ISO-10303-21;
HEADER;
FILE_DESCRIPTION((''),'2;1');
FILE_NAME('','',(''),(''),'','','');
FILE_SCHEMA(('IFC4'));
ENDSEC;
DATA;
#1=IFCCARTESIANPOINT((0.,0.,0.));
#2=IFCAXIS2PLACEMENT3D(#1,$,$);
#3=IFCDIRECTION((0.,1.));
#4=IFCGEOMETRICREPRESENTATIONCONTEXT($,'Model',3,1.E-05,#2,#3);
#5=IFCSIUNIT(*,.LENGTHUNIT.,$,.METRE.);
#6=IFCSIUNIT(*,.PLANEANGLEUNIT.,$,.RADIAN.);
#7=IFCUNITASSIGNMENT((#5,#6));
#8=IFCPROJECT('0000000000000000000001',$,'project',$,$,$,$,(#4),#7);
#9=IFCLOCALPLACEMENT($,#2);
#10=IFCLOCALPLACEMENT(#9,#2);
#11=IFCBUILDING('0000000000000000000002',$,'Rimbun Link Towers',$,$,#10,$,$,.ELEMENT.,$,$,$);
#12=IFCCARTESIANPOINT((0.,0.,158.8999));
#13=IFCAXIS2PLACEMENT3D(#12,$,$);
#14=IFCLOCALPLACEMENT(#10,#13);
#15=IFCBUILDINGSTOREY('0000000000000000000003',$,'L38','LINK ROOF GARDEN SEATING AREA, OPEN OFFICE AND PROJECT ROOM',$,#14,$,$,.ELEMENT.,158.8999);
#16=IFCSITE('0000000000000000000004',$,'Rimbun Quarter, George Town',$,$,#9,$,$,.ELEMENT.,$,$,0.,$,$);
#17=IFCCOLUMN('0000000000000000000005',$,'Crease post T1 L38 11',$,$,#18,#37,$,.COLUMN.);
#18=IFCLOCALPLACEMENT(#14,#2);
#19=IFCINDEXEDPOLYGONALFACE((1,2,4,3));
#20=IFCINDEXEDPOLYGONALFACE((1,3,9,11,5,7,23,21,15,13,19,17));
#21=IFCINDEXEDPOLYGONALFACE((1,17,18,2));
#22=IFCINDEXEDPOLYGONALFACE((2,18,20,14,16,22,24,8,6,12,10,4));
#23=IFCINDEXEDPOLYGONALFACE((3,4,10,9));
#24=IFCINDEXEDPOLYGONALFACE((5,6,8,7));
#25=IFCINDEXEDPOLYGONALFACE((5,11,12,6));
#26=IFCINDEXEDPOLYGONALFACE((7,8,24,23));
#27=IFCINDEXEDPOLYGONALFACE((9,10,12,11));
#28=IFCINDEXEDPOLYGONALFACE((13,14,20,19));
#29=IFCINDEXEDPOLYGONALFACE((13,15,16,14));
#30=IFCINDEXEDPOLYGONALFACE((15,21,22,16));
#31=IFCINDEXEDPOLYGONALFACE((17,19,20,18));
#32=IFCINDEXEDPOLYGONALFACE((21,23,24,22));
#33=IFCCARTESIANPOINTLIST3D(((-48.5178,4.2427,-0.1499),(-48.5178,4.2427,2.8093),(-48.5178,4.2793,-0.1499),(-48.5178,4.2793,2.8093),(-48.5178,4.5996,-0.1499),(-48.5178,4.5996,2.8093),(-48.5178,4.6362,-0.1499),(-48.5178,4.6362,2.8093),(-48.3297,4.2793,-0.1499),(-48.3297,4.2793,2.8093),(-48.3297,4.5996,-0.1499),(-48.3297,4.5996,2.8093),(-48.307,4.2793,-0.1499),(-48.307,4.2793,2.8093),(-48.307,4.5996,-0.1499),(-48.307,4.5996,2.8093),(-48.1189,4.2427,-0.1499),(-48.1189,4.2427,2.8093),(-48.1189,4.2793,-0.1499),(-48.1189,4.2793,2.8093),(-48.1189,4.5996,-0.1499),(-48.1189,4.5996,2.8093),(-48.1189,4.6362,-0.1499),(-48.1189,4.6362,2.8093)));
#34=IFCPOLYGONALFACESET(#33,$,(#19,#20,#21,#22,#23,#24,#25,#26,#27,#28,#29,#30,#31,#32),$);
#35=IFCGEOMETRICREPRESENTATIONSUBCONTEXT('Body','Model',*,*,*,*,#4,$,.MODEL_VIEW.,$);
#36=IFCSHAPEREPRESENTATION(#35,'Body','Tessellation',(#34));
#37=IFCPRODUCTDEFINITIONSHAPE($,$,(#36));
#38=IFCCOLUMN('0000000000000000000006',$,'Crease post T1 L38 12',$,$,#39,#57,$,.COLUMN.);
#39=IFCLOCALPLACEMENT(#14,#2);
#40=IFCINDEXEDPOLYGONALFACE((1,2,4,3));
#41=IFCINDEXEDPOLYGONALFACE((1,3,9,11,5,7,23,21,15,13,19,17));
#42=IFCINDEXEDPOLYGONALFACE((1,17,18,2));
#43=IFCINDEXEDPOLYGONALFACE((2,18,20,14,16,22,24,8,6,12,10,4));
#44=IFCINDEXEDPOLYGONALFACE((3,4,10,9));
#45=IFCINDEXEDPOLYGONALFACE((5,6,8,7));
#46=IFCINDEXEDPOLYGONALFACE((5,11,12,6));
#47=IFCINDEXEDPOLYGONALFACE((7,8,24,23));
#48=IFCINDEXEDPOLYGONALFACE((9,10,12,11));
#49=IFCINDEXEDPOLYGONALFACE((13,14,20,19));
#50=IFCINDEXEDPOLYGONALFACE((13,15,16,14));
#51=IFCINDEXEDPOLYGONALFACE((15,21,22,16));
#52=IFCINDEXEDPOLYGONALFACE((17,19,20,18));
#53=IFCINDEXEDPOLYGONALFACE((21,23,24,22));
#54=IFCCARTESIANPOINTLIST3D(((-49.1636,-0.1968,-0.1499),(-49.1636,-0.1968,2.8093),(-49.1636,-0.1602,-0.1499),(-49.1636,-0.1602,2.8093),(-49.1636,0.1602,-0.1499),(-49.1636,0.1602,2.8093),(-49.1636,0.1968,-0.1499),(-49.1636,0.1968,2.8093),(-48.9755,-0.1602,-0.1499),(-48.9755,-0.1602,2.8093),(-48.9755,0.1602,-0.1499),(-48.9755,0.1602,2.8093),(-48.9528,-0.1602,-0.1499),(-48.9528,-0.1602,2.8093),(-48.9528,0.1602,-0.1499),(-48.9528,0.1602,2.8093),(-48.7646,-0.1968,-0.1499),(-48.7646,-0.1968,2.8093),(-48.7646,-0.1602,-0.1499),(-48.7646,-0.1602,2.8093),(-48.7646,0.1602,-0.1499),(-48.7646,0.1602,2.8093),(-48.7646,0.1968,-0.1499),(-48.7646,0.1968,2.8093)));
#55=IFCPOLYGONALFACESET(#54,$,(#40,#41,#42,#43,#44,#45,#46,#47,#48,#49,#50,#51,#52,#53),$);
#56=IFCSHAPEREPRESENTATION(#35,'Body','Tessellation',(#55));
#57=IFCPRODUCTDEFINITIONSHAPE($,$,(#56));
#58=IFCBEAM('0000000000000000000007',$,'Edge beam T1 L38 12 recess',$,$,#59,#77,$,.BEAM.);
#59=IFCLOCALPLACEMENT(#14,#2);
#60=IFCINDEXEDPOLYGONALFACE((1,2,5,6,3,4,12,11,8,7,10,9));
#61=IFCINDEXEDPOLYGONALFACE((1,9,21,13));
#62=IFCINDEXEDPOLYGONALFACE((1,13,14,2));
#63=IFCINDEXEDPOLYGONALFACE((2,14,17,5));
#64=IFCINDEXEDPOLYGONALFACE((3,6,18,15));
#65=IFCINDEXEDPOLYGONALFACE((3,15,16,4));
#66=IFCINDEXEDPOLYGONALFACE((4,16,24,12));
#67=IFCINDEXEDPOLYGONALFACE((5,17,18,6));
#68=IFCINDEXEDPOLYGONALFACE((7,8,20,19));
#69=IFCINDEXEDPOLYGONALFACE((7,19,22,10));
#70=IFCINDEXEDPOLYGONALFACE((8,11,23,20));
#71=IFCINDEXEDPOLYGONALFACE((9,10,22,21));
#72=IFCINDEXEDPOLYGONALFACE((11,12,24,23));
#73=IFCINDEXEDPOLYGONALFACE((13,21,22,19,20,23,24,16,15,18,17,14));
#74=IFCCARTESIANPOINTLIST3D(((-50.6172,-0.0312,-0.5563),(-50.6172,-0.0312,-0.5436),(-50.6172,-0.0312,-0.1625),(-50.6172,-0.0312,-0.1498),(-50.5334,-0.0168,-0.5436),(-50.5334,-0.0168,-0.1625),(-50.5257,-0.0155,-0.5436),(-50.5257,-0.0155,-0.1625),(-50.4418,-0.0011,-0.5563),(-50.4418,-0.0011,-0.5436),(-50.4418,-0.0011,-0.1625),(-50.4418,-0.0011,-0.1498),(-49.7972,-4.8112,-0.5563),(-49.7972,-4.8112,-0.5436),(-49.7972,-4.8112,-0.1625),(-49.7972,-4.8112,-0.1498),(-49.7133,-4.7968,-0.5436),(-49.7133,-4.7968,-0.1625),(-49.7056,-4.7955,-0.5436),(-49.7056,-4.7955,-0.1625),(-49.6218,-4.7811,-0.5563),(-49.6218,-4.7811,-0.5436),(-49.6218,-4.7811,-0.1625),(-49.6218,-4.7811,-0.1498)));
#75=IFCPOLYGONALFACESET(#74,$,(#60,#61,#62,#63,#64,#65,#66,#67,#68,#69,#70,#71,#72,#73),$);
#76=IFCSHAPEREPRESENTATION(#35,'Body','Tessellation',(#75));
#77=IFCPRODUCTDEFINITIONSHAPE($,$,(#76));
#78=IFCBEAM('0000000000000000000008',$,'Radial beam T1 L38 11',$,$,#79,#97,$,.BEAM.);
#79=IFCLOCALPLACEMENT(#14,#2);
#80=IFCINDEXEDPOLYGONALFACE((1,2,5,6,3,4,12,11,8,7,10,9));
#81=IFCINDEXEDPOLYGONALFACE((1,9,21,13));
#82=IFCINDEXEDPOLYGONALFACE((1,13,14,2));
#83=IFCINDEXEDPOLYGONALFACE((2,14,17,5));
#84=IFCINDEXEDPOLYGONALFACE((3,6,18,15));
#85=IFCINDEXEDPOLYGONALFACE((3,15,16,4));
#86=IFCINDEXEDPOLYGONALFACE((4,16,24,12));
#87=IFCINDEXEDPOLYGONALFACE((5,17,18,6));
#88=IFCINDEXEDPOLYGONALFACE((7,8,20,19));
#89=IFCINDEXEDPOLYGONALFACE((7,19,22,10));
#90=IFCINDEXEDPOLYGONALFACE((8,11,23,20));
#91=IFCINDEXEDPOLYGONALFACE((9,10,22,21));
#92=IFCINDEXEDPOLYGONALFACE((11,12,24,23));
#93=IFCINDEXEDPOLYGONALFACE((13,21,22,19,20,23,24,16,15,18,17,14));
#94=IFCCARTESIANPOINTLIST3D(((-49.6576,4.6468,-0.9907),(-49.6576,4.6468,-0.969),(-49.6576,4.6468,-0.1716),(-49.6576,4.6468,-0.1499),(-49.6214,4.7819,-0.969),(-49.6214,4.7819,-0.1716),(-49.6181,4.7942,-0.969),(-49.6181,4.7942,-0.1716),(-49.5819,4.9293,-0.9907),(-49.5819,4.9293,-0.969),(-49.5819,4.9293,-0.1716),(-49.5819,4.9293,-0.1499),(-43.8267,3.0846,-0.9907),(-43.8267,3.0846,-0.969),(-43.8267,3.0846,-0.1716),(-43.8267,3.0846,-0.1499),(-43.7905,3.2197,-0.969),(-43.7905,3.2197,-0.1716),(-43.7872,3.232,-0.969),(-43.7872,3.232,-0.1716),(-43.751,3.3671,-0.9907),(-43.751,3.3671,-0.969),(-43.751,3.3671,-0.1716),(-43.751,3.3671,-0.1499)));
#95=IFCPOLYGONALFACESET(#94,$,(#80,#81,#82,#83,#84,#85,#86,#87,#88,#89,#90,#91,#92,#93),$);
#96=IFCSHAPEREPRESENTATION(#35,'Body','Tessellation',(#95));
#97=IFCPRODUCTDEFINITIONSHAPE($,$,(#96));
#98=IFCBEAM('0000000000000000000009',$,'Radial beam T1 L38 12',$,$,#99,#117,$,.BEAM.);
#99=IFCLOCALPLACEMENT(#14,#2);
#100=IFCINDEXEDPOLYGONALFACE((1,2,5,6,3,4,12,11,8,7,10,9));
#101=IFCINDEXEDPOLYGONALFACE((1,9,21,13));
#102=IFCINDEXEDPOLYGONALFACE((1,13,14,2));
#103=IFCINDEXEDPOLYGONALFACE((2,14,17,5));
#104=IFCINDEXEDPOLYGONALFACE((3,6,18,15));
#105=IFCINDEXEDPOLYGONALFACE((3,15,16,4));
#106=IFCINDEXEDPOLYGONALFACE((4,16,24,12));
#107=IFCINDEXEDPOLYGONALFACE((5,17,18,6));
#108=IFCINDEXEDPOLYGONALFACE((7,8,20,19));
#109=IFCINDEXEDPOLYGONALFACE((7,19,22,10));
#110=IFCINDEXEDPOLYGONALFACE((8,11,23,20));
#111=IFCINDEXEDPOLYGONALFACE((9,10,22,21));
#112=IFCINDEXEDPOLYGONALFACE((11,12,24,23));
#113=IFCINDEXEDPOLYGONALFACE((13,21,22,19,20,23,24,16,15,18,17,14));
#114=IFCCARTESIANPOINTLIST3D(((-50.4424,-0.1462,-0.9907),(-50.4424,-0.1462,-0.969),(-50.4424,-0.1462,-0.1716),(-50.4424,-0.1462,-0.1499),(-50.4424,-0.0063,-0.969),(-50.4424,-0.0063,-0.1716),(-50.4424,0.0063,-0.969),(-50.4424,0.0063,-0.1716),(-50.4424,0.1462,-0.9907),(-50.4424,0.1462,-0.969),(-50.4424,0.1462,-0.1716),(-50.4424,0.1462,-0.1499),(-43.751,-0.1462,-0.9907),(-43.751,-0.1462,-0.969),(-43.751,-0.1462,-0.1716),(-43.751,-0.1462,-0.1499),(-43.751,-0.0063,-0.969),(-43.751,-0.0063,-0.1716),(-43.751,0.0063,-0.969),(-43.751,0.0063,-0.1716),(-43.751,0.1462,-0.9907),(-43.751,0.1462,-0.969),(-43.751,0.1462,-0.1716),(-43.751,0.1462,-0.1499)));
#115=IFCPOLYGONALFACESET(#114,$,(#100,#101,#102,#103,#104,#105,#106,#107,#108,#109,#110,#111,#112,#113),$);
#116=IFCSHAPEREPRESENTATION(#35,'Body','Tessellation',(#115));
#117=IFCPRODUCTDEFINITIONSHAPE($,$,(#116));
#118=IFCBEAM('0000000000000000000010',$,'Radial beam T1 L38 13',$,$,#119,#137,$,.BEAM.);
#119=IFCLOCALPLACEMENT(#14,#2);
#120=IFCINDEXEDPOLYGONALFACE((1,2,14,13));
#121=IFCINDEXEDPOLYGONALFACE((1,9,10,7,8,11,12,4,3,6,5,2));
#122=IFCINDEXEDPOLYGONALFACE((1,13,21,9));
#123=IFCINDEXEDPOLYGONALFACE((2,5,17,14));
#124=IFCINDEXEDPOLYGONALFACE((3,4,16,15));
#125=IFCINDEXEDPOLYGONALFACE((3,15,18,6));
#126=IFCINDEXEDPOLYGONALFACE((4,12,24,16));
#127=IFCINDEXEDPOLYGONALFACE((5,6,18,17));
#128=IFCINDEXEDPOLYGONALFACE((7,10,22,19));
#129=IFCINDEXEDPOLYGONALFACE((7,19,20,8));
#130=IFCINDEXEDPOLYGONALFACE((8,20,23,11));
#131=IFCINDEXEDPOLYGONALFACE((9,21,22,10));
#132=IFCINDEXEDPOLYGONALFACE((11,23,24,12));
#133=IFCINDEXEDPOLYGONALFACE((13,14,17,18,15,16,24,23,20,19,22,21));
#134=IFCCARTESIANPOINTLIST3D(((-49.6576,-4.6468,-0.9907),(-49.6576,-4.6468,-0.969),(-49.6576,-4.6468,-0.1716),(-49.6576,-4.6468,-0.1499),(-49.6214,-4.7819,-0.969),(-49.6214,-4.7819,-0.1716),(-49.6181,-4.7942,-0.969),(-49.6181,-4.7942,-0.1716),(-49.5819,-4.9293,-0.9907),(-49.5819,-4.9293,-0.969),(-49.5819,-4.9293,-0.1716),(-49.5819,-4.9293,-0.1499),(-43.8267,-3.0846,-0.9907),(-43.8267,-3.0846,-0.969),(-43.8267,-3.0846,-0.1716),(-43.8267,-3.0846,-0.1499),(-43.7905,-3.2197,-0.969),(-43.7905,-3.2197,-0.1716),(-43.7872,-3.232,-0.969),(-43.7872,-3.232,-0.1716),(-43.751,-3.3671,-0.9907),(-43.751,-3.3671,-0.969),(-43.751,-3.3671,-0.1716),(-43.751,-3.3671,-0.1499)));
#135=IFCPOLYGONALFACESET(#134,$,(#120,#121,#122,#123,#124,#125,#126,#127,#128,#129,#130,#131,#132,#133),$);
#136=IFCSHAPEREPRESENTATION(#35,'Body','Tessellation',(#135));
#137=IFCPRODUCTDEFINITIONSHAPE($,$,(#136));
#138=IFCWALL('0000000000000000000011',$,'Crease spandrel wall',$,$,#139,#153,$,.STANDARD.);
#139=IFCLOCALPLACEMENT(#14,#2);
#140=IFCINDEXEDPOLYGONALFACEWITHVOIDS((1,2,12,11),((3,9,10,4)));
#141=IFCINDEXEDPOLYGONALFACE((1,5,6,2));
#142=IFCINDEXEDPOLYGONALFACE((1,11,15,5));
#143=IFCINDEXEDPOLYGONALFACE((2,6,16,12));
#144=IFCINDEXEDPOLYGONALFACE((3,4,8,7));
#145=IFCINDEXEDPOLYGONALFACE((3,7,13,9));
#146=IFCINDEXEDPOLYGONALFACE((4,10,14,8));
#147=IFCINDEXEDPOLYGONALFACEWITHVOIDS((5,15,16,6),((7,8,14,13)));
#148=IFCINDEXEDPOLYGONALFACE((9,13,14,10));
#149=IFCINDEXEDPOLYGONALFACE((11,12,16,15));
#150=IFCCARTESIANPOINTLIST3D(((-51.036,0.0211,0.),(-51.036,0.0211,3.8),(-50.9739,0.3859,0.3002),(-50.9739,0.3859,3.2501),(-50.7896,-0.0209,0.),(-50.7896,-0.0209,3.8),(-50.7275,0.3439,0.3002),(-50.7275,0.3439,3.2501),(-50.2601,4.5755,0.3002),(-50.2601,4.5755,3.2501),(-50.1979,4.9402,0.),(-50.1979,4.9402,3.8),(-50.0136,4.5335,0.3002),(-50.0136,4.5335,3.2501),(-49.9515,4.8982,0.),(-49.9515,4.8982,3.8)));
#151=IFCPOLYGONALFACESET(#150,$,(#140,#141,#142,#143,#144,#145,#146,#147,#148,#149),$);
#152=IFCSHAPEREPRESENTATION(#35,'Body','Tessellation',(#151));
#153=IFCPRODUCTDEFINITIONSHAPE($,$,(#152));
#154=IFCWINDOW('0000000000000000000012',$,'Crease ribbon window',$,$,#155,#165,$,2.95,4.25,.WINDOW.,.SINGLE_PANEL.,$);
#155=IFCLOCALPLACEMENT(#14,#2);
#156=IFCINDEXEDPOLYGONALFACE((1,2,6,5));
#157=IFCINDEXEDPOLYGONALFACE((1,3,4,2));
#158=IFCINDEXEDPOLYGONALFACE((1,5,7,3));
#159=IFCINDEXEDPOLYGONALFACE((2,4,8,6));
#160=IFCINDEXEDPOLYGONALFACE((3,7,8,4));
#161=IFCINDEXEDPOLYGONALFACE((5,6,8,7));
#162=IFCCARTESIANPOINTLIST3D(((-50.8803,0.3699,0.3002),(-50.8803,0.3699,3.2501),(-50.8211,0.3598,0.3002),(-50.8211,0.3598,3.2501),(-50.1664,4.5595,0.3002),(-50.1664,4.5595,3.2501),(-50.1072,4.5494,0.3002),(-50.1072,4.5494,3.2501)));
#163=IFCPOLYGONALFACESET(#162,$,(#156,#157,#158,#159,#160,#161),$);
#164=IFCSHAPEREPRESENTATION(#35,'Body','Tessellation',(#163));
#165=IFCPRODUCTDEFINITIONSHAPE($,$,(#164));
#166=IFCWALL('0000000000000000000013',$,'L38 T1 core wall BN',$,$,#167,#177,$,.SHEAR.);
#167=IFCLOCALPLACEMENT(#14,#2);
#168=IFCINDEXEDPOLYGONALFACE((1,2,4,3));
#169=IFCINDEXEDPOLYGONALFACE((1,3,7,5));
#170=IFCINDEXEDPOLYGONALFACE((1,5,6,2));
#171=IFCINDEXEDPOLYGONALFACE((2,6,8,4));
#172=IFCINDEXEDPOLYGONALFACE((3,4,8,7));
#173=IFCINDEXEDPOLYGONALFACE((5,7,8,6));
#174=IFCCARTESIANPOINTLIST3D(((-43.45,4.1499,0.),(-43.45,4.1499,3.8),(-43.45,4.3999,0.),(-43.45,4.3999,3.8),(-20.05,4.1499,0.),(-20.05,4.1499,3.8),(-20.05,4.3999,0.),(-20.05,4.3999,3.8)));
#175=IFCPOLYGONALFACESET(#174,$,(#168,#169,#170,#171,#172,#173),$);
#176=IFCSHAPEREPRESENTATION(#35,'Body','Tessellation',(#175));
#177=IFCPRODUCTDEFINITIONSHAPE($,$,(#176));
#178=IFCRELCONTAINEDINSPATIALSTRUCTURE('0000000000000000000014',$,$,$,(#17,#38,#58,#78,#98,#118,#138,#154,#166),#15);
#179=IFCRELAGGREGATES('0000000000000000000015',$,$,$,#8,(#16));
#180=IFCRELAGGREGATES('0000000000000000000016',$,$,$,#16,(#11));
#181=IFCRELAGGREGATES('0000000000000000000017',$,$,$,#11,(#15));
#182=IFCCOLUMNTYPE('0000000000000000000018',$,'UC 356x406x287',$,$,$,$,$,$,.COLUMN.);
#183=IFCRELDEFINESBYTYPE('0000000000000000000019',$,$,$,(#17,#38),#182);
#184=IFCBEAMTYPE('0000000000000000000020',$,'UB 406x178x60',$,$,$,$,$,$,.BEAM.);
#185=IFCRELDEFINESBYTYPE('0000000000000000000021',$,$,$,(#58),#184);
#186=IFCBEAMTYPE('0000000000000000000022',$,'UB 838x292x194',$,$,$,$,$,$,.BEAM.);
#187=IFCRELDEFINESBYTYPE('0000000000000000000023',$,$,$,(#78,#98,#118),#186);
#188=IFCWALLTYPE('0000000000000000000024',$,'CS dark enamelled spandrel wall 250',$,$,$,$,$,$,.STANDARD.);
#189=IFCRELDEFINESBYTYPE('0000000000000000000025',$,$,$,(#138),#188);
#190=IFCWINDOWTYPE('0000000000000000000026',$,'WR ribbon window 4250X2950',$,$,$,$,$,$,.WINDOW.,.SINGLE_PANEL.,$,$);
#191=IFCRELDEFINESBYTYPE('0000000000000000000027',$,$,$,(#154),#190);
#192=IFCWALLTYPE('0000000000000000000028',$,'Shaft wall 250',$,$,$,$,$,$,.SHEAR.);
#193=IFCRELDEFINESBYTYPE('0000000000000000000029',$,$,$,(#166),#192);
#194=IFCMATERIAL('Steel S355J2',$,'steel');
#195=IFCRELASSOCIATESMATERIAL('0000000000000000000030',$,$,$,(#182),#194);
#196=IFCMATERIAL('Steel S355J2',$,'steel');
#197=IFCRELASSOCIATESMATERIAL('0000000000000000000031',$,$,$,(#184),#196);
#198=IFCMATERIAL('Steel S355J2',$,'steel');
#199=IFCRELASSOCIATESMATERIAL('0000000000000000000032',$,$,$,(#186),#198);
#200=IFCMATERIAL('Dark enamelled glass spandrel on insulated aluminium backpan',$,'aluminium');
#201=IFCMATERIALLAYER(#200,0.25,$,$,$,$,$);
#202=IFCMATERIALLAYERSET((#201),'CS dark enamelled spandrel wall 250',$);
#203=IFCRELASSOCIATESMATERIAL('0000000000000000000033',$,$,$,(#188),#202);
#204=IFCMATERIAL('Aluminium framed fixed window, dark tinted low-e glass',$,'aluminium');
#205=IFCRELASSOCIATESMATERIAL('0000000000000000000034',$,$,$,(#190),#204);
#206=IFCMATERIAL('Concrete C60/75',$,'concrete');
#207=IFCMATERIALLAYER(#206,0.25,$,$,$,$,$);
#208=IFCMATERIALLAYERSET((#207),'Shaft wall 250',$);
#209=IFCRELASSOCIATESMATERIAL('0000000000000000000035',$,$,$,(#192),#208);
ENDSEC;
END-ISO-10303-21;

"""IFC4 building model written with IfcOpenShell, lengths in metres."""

from ifc_helpers import new_model, si_unit, direction, frame, frame_2d, origin, origin_2d, place, context, subcontext, project, spatial, rectangle, i_section, extrude, material, layer, layer_set, material_profile, profile_set, type_object, element, fill, save


model = new_model("IFC4")

# Units and contexts
model_context = context("Model", 3, precision=1e-05, world=origin(), true_north=direction((0.0, 1.0)))
body_context = subcontext(model_context, "Body", "Model", "MODEL_VIEW")
ifc_project = project(units=[si_unit("LENGTHUNIT", "METRE"), si_unit("PLANEANGLEUNIT", "RADIAN")], contexts=[model_context])

# Site, building, storey
site_placement = place(None, origin())
site = spatial("IfcSite", under=ifc_project, at=site_placement, Name="Rimbun Quarter, George Town", CompositionType="ELEMENT", RefElevation=0.0)
building_placement = place(site_placement, origin())
building = spatial("IfcBuilding", under=site, at=building_placement, Name="Rimbun Link Towers", CompositionType="ELEMENT")
storey_placement = place(building_placement, frame((0.0, 0.0, 158.8999)))
storey = spatial("IfcBuildingStorey", under=building, at=storey_placement, Name="L38", Description="LINK ROOF GARDEN SEATING AREA, OPEN OFFICE AND PROJECT ROOM", CompositionType="ELEMENT", Elevation=158.8999)

# Columns
ifc_material_1 = material(Name="Steel S355J2", Category="steel")
ifc_material_profile_1 = material_profile(ifc_material_1, i_section(OverallWidth=0.3989, OverallDepth=0.3936, WebThickness=0.0227, FlangeThickness=0.0366, at=origin_2d()), Name="UC 356x406x287")
ifc_profile_set_1 = profile_set([ifc_material_profile_1], Name="Steel S355J2")
column_type = type_object("IfcColumnType", Name="UC 356x406x287", PredefinedType="COLUMN", material=ifc_profile_set_1)
for number, where, z_axis, x_axis, name in (
    (1, (-48.3184, 4.4395, -0.1499), (0.0, 0.0, 1.0), (1.0, 0.0, 0.0), "Crease post T1 L38 11"),
    (2, (-48.9641, 0.0, -0.1499), (0.0, 0.0, 1.0), (1.0, 0.0, 0.0), "Crease post T1 L38 12"),
):
    element("IfcColumn", number, at=place(storey_placement, frame(where, z_axis=z_axis, x_axis=x_axis)), inside=storey, type_object=column_type, Name=name, PredefinedType="COLUMN", context=body_context, shape_type="SweptSolid", body=[
        extrude(i_section(OverallWidth=0.3989, OverallDepth=0.3936, WebThickness=0.0227, FlangeThickness=0.0366, at=origin_2d()), origin(), (0.0, 0.0, 1.0), 2.9592),
    ])

# Beams
ifc_material_2 = material(Name="Steel S355J2", Category="steel")
ifc_material_profile_2 = material_profile(ifc_material_2, i_section(OverallWidth=0.178, OverallDepth=0.4065, WebThickness=0.0078, FlangeThickness=0.0127, at=origin_2d()), Name="UB 406x178x60")
ifc_profile_set_2 = profile_set([ifc_material_profile_2], Name="Steel S355J2")
beam_type_1 = type_object("IfcBeamType", Name="UB 406x178x60", PredefinedType="BEAM", material=ifc_profile_set_2)
beam_1_placement = place(storey_placement, frame((-50.5295, -0.0161, -0.353), z_axis=(0.169091, -0.9856, 0.0), x_axis=(0.9856, 0.169091, 0.0)))
element("IfcBeam", 3, at=beam_1_placement, inside=storey, type_object=beam_type_1, Name="Edge beam T1 L38 12 recess", PredefinedType="BEAM", context=body_context, shape_type="SweptSolid", body=[
    extrude(i_section(OverallWidth=0.178, OverallDepth=0.4065, WebThickness=0.0078, FlangeThickness=0.0127, at=origin_2d()), origin(), (0.0, 0.0, 1.0), 4.8499),
])
ifc_material_3 = material(Name="Steel S355J2", Category="steel")
ifc_material_profile_3 = material_profile(ifc_material_3, i_section(OverallWidth=0.2925, OverallDepth=0.8408, WebThickness=0.0127, FlangeThickness=0.0217, at=origin_2d()), Name="UB 838x292x194")
ifc_profile_set_3 = profile_set([ifc_material_profile_3], Name="Steel S355J2")
beam_type_2 = type_object("IfcBeamType", Name="UB 838x292x194", PredefinedType="BEAM", material=ifc_profile_set_3)
beam_2_placement = place(storey_placement, frame((-43.7888, 3.2258, -0.5703), z_axis=(-0.965933, 0.258793, 0.0), x_axis=(-0.258793, -0.965933, 0.0)))
element("IfcBeam", 4, at=beam_2_placement, inside=storey, type_object=beam_type_2, Name="Radial beam T1 L38 11", PredefinedType="BEAM", context=body_context, shape_type="SweptSolid", body=[
    extrude(i_section(OverallWidth=0.2925, OverallDepth=0.8408, WebThickness=0.0127, FlangeThickness=0.0217, at=origin_2d()), origin(), (0.0, 0.0, 1.0), 6.0366),
])
beam_3_placement = place(storey_placement, frame((-43.751, 0.0, -0.5703), z_axis=(-1.0, 0.0, 0.0), x_axis=(0.0, -1.0, 0.0)))
element("IfcBeam", 5, at=beam_3_placement, inside=storey, type_object=beam_type_2, Name="Radial beam T1 L38 12", PredefinedType="BEAM", context=body_context, shape_type="SweptSolid", body=[
    extrude(i_section(OverallWidth=0.2925, OverallDepth=0.8408, WebThickness=0.0127, FlangeThickness=0.0217, at=origin_2d()), origin(), (0.0, 0.0, 1.0), 6.6914),
])
beam_4_placement = place(storey_placement, frame((-43.7888, -3.2258, -0.5703), z_axis=(-0.965933, -0.258793, 0.0), x_axis=(0.258793, -0.965933, 0.0)))
element("IfcBeam", 6, at=beam_4_placement, inside=storey, type_object=beam_type_2, Name="Radial beam T1 L38 13", PredefinedType="BEAM", context=body_context, shape_type="SweptSolid", body=[
    extrude(i_section(OverallWidth=0.2925, OverallDepth=0.8408, WebThickness=0.0127, FlangeThickness=0.0217, at=origin_2d()), origin(), (0.0, 0.0, 1.0), 6.0366),
])

# Wall, opening, window
ifc_material_4 = material(Name="Dark enamelled glass spandrel on insulated aluminium backpan", Category="aluminium")
ifc_layer_1 = layer(ifc_material_4, 0.25)
ifc_layer_set_1 = layer_set([ifc_layer_1], Name="CS dark enamelled spandrel wall 250")
wall_type_1 = type_object("IfcWallType", Name="CS dark enamelled spandrel wall 250", PredefinedType="STANDARD", material=ifc_layer_set_1)
wall_1_placement = place(storey_placement, frame((-50.9128, 0.0, 0.0), z_axis=(0.0, 0.0, 1.0), x_axis=(0.16796, 0.985794, 0.0)))
wall_1 = element("IfcWall", 7, at=wall_1_placement, inside=storey, type_object=wall_type_1, Name="Crease spandrel wall", PredefinedType="STANDARD", context=body_context, shape_type="SweptSolid", body=[
    extrude(rectangle(XDim=4.99, YDim=0.25, at=frame_2d((2.4951, 0.0))), origin(), (0.0, 0.0, 1.0), 3.8),
])
opening_1_placement = place(wall_1_placement, frame((0.3701, 0.0, 0.3)))
opening_1 = element("IfcOpeningElement", 8, at=opening_1_placement, cuts=wall_1, PredefinedType="OPENING", context=body_context, shape_type="SweptSolid", body=[
    extrude(rectangle(XDim=4.25, YDim=2.95, at=frame_2d((2.125, 1.4751))), frame((0.0, 0.135, 0.0), z_axis=(0.0, -1.0, 0.0), x_axis=(1.0, 0.0, 0.0)), (0.0, 0.0, 1.0), 0.27),
])
ifc_material_5 = material(Name="Aluminium framed fixed window, dark tinted low-e glass", Category="aluminium")
window_type = type_object("IfcWindowType", Name="WR ribbon window 4250X2950", PartitioningType="SINGLE_PANEL", PredefinedType="WINDOW", material=ifc_material_5)
window_placement = place(opening_1_placement, origin())
window = element("IfcWindow", 9, at=window_placement, inside=storey, type_object=window_type, Name="Crease ribbon window", OverallHeight=2.95, OverallWidth=4.25, PartitioningType="SINGLE_PANEL", PredefinedType="WINDOW", context=body_context, shape_type="SweptSolid", body=[
    extrude(rectangle(XDim=4.25, YDim=2.95, at=frame_2d((2.125, 1.4751))), frame((0.0, 0.03, 0.0), z_axis=(0.0, -1.0, 0.0), x_axis=(1.0, 0.0, 0.0)), (0.0, 0.0, 1.0), 0.0601),
])
fill(opening_1, window)

# Wall
ifc_material_6 = material(Name="Concrete C60/75", Category="concrete")
ifc_layer_2 = layer(ifc_material_6, 0.25)
ifc_layer_set_2 = layer_set([ifc_layer_2], Name="Shaft wall 250")
wall_type_2 = type_object("IfcWallType", Name="Shaft wall 250", PredefinedType="SHEAR", material=ifc_layer_set_2)
wall_2_placement = place(storey_placement, frame((-43.45, 4.2749, 0.0), z_axis=(0.0, 0.0, 1.0), x_axis=(1.0, 0.0, 0.0)))
element("IfcWall", 10, at=wall_2_placement, inside=storey, type_object=wall_type_2, Name="L38 T1 core wall BN", PredefinedType="SHEAR", context=body_context, shape_type="SweptSolid", body=[
    extrude(rectangle(XDim=23.3999, YDim=0.25, at=frame_2d((11.7, 0.0))), origin(), (0.0, 0.0, 1.0), 3.8),
])

save(model, "model.ifc")
